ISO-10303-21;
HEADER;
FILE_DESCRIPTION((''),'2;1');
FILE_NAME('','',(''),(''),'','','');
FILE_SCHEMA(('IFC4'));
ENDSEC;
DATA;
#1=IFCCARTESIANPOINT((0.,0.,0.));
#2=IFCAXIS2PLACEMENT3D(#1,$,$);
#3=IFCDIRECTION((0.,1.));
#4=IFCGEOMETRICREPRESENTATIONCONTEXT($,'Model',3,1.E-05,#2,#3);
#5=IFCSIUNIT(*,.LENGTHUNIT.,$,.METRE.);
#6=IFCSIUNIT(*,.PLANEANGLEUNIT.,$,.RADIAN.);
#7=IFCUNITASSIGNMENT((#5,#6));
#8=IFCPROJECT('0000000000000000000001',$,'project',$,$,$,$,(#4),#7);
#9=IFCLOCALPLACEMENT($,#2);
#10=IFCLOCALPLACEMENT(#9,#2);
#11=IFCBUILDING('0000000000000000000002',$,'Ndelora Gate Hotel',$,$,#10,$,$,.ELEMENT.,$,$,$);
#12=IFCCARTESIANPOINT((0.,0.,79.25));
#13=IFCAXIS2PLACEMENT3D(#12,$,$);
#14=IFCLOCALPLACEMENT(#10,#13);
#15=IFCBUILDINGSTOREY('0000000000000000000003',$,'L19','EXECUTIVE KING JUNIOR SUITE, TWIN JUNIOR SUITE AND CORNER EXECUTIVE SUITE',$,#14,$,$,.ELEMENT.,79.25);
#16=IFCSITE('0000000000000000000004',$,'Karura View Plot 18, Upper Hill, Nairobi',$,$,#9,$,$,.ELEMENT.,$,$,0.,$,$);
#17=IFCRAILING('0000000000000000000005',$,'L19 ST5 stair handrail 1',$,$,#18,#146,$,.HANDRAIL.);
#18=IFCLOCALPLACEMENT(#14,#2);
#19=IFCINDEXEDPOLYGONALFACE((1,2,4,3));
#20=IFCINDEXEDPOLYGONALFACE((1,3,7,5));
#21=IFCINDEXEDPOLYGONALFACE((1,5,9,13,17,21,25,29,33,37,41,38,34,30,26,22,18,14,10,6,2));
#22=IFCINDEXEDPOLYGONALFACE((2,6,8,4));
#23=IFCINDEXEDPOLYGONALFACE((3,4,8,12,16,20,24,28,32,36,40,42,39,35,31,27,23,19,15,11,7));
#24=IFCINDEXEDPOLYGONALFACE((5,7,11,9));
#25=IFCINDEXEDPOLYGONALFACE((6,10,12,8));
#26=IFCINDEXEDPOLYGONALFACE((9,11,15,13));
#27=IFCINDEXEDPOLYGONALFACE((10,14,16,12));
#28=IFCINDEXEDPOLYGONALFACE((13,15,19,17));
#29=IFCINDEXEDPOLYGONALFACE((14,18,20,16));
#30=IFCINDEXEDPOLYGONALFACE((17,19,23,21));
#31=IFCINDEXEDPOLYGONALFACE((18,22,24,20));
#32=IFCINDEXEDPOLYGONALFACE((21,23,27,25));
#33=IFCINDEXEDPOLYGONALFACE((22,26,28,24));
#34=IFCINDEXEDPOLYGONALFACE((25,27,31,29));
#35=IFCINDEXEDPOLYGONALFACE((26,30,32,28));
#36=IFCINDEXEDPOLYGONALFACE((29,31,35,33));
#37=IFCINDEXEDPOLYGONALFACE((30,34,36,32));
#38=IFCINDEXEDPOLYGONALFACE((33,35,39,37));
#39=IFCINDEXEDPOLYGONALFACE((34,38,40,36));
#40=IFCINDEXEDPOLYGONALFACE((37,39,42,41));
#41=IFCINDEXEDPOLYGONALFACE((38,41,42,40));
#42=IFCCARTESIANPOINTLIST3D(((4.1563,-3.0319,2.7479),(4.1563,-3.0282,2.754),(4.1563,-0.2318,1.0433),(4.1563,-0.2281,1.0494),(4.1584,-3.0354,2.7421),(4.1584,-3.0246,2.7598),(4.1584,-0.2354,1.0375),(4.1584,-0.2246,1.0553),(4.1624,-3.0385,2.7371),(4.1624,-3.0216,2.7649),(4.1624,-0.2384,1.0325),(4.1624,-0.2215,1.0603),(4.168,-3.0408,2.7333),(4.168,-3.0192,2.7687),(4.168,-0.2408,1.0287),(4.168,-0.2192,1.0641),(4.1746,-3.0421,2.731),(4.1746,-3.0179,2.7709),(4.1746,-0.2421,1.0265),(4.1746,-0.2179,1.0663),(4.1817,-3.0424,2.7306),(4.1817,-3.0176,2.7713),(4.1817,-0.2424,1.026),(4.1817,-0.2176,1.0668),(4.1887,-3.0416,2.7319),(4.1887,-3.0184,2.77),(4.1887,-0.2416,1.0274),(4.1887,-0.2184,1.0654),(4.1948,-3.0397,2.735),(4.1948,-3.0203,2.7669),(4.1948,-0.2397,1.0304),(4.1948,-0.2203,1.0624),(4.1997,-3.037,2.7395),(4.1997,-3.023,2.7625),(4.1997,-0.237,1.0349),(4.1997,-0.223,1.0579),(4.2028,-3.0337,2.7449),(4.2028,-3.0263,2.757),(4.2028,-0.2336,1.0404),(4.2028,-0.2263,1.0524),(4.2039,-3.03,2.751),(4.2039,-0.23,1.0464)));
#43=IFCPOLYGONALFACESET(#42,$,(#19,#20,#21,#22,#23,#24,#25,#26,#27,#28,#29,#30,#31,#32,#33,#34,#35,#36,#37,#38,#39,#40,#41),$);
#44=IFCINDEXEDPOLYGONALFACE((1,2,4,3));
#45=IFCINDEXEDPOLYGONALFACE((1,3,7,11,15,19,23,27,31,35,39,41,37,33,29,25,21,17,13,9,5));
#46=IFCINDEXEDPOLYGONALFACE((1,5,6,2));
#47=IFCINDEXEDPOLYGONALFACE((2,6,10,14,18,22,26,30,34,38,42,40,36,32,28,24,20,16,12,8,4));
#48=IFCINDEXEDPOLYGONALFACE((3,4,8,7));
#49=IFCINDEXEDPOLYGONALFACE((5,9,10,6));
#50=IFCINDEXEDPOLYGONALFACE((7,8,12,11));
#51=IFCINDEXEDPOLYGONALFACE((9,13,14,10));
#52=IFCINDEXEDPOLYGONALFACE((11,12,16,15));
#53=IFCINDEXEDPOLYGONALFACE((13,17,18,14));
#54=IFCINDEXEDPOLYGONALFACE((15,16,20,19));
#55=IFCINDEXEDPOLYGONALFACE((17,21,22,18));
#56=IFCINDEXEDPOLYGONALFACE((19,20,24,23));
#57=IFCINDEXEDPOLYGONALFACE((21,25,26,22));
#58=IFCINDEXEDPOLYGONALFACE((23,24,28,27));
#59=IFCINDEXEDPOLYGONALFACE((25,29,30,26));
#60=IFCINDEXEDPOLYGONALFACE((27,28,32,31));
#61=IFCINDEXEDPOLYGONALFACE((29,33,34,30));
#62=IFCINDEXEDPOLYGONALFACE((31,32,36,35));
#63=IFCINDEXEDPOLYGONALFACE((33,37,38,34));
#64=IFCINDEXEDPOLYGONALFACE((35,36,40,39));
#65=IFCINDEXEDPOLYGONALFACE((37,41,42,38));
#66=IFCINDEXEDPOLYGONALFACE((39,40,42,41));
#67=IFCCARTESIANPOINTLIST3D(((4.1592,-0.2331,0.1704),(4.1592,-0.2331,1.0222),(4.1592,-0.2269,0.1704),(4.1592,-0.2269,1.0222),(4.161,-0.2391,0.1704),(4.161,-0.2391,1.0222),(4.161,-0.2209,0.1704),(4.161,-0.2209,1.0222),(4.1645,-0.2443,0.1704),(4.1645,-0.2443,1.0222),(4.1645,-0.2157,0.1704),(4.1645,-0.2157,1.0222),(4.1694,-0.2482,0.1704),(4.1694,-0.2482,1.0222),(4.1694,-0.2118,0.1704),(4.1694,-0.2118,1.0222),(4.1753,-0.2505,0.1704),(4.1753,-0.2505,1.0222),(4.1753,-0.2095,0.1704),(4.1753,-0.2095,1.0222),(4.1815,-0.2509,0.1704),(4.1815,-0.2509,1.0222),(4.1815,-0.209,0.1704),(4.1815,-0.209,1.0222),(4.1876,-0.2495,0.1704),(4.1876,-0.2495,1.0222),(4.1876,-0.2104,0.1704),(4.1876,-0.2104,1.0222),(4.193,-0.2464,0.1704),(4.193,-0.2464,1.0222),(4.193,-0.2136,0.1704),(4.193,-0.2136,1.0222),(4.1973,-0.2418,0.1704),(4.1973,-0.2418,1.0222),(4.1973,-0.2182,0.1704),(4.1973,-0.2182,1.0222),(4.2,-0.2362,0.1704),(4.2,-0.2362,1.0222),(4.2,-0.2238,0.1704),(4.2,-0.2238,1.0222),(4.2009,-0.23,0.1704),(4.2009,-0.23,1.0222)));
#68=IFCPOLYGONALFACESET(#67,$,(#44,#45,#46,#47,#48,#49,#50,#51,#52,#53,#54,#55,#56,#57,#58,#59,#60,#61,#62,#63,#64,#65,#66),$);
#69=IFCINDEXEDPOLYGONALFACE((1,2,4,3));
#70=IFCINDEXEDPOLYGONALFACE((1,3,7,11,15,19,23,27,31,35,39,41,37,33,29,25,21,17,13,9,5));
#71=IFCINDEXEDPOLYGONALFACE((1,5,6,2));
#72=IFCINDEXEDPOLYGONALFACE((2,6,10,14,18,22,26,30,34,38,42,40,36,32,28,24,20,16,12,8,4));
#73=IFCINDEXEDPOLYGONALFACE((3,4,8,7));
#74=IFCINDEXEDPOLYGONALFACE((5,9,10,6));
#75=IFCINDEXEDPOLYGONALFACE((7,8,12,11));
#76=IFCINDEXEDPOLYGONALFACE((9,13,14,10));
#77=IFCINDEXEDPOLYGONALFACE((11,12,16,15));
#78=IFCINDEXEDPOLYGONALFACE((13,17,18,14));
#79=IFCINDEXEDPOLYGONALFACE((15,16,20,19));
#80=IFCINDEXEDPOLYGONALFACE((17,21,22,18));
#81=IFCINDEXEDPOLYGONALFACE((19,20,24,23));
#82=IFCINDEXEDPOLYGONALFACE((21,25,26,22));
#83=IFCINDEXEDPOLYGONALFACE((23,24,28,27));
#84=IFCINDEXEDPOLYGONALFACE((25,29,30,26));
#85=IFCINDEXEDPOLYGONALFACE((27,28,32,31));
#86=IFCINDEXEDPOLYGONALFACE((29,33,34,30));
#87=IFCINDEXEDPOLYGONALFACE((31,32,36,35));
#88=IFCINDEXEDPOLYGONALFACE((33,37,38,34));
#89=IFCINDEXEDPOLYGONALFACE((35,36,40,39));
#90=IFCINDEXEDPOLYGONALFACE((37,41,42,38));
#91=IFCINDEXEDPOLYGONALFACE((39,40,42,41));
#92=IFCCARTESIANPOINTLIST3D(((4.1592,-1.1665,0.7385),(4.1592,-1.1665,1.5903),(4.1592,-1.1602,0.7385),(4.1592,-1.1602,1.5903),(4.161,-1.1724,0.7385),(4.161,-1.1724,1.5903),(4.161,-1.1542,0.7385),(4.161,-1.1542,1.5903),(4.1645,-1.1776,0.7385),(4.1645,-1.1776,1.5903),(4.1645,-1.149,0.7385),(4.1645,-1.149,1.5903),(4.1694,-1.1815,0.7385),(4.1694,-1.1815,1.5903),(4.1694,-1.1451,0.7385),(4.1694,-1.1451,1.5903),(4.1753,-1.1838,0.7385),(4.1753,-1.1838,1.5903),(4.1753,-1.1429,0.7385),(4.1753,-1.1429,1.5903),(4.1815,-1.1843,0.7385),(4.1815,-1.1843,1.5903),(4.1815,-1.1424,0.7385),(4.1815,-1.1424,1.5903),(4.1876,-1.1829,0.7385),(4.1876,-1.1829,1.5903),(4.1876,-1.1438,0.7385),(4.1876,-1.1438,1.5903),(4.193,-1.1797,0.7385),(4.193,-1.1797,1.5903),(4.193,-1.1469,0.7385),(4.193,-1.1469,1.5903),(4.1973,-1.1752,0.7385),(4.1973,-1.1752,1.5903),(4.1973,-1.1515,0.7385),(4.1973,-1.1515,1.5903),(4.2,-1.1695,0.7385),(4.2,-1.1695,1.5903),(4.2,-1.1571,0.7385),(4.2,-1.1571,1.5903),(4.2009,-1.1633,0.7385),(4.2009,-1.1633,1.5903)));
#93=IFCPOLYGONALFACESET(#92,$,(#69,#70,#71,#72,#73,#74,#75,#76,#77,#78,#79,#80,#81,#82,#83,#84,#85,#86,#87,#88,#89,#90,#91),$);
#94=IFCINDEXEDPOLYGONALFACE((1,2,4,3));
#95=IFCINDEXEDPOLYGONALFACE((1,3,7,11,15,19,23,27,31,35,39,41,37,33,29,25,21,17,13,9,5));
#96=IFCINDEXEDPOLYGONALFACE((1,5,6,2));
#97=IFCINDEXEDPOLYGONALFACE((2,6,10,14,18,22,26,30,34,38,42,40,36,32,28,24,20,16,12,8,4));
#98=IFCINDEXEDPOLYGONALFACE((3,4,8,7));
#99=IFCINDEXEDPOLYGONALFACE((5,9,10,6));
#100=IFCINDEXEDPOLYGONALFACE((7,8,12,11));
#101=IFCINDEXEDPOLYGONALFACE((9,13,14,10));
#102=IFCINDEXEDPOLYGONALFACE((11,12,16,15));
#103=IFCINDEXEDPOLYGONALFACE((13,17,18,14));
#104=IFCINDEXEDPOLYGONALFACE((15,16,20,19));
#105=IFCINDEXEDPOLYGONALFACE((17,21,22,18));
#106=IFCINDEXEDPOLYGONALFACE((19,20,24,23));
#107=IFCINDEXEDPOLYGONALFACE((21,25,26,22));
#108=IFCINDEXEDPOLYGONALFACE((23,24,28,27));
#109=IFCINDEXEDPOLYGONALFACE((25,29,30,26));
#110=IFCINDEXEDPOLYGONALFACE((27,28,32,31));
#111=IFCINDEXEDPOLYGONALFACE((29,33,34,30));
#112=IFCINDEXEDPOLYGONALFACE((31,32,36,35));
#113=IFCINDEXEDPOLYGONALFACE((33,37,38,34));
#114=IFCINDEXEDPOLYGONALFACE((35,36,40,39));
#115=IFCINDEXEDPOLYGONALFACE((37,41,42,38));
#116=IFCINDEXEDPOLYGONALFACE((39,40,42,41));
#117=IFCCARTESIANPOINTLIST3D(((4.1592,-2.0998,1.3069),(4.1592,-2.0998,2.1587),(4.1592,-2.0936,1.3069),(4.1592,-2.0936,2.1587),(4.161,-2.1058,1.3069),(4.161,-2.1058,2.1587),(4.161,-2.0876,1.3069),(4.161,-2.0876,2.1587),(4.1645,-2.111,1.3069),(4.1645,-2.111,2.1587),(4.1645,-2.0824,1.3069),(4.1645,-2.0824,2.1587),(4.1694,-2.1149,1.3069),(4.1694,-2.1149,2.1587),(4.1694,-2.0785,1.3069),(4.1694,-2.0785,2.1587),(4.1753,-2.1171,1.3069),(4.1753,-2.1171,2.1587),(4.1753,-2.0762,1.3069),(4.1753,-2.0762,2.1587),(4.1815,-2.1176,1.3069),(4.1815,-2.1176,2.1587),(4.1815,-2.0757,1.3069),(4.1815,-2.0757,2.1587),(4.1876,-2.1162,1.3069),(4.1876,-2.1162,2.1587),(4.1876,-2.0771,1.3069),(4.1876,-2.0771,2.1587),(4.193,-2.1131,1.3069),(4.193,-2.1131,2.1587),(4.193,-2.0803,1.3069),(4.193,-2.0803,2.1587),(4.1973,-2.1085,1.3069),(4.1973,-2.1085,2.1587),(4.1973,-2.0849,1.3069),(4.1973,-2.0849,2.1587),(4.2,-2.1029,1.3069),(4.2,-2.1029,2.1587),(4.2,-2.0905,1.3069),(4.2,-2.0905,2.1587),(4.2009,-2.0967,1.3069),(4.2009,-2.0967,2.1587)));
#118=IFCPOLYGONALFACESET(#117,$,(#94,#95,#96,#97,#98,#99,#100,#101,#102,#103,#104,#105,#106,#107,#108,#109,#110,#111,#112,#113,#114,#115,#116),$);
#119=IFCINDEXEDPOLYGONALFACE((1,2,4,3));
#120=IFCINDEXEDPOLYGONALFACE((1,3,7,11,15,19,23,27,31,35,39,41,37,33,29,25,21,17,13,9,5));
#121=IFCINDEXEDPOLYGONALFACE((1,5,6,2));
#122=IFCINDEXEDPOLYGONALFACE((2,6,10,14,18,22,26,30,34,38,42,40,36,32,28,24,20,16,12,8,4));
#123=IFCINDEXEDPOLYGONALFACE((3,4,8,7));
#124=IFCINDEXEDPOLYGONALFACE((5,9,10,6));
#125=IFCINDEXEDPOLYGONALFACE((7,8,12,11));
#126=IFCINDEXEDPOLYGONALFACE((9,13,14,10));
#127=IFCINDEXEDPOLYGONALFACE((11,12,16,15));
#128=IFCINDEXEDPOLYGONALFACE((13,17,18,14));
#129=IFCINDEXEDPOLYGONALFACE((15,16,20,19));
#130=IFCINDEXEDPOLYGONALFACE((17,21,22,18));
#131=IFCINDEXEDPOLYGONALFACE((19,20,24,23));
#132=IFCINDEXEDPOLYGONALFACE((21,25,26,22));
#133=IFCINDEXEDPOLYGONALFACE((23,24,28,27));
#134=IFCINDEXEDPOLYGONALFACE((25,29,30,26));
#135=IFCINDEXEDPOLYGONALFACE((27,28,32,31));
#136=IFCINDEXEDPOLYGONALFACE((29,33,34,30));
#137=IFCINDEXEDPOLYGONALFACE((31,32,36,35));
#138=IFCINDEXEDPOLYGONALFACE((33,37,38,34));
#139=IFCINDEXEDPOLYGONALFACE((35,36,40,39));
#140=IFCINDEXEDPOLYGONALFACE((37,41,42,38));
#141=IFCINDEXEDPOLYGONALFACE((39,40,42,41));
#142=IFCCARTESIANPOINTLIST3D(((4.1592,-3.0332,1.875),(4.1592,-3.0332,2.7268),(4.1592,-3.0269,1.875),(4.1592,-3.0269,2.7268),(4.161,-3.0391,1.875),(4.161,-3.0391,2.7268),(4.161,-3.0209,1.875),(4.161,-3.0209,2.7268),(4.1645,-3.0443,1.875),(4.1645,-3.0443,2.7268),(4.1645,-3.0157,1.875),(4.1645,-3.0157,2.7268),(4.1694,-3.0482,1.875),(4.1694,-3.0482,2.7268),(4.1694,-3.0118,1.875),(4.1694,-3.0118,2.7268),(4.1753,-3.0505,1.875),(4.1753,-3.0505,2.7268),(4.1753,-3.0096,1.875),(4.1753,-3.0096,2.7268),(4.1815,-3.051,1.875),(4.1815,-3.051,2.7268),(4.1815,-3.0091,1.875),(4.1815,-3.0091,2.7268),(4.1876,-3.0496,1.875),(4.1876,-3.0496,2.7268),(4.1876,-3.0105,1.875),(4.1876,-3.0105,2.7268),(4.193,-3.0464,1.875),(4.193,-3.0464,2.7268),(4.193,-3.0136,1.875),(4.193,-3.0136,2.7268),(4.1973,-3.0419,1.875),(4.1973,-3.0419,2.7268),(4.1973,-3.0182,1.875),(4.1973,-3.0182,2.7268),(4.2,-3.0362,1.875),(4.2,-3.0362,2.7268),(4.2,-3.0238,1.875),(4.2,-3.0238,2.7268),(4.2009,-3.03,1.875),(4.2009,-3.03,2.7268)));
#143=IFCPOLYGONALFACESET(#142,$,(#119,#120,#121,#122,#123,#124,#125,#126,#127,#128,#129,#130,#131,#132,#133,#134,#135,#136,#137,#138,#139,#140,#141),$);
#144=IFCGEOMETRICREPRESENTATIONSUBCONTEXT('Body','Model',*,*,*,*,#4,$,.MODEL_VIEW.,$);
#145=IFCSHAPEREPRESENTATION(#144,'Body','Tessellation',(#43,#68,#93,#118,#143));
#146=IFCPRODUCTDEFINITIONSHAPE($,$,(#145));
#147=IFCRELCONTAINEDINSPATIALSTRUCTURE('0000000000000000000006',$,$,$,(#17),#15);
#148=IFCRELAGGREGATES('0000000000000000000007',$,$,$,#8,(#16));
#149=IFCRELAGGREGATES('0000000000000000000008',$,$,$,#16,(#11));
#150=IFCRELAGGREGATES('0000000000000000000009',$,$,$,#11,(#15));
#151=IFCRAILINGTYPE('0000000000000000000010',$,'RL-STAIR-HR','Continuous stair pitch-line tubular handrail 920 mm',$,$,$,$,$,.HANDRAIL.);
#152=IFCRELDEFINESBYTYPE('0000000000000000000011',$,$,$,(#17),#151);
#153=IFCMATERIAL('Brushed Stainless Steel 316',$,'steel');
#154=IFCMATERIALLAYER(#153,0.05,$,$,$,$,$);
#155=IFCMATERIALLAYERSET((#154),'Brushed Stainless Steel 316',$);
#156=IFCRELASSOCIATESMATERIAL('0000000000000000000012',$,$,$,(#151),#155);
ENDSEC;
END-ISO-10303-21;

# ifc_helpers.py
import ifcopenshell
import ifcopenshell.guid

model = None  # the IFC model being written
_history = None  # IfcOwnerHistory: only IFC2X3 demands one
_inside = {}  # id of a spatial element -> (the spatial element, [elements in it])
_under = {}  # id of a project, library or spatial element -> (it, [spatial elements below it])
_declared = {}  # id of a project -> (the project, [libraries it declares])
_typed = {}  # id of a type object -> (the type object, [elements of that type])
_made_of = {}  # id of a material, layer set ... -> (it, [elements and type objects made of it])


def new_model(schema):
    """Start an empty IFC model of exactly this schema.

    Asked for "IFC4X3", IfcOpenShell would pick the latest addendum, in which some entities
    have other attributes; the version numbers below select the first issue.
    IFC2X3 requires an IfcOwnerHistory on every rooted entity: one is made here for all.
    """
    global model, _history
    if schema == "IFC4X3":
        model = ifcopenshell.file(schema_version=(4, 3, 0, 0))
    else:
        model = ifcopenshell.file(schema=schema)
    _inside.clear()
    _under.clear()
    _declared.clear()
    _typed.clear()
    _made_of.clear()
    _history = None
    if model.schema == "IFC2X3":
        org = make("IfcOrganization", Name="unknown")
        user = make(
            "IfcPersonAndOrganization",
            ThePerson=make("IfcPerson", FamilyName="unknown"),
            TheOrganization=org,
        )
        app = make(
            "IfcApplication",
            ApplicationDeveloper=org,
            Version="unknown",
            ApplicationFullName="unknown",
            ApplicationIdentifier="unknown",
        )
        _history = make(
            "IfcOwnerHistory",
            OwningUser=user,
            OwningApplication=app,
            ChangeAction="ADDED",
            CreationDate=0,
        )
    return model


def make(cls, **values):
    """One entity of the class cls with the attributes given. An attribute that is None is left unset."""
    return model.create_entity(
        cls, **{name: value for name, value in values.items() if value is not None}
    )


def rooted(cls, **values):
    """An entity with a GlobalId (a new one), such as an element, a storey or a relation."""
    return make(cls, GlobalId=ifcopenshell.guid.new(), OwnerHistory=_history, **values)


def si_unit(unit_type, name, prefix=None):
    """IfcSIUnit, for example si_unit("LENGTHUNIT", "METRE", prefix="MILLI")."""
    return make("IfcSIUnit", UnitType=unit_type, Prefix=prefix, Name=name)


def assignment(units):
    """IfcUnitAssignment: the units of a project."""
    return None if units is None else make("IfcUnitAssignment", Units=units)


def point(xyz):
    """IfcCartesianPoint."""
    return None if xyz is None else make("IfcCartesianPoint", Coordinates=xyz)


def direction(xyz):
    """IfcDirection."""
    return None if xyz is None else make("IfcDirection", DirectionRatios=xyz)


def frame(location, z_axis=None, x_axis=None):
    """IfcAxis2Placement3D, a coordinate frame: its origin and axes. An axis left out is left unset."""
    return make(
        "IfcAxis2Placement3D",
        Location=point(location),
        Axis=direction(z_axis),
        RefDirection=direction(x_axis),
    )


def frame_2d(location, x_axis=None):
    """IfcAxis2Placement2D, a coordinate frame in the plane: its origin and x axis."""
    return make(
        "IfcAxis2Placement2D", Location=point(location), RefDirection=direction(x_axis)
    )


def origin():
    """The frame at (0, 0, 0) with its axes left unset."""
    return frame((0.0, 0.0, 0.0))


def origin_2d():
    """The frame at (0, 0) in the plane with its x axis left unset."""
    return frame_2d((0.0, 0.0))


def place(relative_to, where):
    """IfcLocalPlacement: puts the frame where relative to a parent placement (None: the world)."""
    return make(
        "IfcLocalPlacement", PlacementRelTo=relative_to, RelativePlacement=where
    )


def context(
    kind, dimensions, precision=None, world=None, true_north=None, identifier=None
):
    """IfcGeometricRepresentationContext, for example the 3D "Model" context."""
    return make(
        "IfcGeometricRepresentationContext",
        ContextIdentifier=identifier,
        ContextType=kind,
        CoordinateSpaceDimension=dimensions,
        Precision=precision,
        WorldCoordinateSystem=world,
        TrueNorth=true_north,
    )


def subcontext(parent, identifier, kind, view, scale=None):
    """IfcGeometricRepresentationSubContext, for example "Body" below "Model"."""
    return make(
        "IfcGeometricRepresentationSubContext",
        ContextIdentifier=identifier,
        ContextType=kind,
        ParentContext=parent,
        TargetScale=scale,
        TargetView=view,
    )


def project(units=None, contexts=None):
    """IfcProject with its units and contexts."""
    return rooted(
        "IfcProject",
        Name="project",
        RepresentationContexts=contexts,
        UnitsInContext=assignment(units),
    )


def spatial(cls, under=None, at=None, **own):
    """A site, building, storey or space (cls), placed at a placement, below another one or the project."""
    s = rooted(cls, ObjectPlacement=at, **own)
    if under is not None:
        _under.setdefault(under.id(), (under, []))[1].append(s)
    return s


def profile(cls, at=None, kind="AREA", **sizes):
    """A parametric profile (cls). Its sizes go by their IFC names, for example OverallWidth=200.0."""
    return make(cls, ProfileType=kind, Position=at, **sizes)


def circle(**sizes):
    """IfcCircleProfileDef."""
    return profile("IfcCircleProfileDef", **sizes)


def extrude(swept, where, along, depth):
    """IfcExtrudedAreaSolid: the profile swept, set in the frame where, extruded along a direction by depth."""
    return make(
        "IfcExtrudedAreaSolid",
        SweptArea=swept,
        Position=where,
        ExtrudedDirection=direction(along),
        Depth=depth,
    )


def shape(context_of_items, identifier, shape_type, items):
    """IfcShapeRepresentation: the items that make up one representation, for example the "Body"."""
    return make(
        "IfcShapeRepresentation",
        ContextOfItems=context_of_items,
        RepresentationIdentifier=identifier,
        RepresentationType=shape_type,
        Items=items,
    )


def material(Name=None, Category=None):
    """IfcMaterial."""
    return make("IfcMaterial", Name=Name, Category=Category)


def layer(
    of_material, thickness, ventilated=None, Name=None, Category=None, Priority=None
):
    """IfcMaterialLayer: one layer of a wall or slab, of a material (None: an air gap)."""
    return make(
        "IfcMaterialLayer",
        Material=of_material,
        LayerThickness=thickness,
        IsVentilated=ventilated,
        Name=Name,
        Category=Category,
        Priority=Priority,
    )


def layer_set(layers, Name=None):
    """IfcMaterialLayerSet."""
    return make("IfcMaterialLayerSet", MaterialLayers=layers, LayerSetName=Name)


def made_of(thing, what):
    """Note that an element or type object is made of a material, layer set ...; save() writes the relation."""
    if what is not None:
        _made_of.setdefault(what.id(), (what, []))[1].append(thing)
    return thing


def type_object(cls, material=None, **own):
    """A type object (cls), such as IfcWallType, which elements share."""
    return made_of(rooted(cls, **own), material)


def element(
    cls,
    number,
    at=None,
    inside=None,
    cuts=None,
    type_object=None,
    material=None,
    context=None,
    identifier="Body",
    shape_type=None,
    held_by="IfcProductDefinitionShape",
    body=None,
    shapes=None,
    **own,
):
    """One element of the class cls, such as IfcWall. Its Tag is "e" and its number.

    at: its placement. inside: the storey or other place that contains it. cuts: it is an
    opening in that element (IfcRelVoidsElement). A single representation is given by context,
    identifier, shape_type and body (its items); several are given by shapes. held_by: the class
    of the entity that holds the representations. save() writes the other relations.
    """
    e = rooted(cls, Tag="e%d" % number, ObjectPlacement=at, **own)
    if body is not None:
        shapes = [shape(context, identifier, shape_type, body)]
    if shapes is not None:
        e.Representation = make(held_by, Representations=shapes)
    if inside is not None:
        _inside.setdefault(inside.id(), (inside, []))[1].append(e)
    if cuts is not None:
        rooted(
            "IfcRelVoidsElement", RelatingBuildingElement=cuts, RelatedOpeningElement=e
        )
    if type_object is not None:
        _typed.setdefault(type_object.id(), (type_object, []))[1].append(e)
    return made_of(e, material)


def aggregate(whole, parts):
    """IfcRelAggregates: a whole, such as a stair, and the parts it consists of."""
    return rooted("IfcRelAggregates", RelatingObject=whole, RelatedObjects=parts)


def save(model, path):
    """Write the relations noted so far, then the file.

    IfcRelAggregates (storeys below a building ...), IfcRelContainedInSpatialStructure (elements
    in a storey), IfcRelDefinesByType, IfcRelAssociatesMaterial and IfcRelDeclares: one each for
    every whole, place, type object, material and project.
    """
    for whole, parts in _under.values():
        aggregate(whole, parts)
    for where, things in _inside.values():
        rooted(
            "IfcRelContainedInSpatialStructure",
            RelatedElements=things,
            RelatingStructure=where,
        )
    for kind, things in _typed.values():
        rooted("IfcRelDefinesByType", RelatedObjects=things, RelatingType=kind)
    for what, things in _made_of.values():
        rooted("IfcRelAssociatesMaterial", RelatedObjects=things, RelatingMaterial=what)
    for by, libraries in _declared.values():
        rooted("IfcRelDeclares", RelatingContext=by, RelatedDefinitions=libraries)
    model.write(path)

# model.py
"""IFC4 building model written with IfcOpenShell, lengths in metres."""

from ifc_helpers import new_model, si_unit, direction, frame, origin, origin_2d, place, context, subcontext, project, spatial, circle, extrude, material, layer, layer_set, type_object, element, save


model = new_model("IFC4")

# Units and contexts
model_context = context("Model", 3, precision=1e-05, world=origin(), true_north=direction((0.0, 1.0)))
body_context = subcontext(model_context, "Body", "Model", "MODEL_VIEW")
ifc_project = project(units=[si_unit("LENGTHUNIT", "METRE"), si_unit("PLANEANGLEUNIT", "RADIAN")], contexts=[model_context])

# Site, building, storey
site_placement = place(None, origin())
site = spatial("IfcSite", under=ifc_project, at=site_placement, Name="Karura View Plot 18, Upper Hill, Nairobi", CompositionType="ELEMENT", RefElevation=0.0)
building_placement = place(site_placement, origin())
building = spatial("IfcBuilding", under=site, at=building_placement, Name="Ndelora Gate Hotel", CompositionType="ELEMENT")
storey_placement = place(building_placement, frame((0.0, 0.0, 79.25)))
storey = spatial("IfcBuildingStorey", under=building, at=storey_placement, Name="L19", Description="EXECUTIVE KING JUNIOR SUITE, TWIN JUNIOR SUITE AND CORNER EXECUTIVE SUITE", CompositionType="ELEMENT", Elevation=79.25)

# Railing
ifc_material_1 = material(Name="Brushed Stainless Steel 316", Category="steel")
ifc_layer_1 = layer(ifc_material_1, 0.05)
ifc_layer_set_1 = layer_set([ifc_layer_1], Name="Brushed Stainless Steel 316")
railing_type_1 = type_object("IfcRailingType", Name="RL-STAIR-HR", Description="Continuous stair pitch-line tubular handrail 920 mm", PredefinedType="HANDRAIL", material=ifc_layer_set_1)
railing_1_placement = place(storey_placement, frame((4.1799, -0.23, 0.1704)))
element("IfcRailing", 1, at=railing_1_placement, inside=storey, type_object=railing_type_1, Name="L19 ST5 stair handrail 1", PredefinedType="HANDRAIL", context=body_context, shape_type="SweptSolid", body=[
    extrude(circle(Radius=0.0239, at=origin_2d()), frame((0.0, 0.0, 0.876), z_axis=(0.0, -0.85417, 0.519994), x_axis=(1.0, 0.0, 0.0)), (0.0, 0.0, 1.0), 3.2781),
    extrude(circle(Radius=0.021, at=origin_2d()), origin(), (0.0, 0.0, 1.0), 0.8518),
    extrude(circle(Radius=0.021, at=origin_2d()), frame((0.0, -0.9333, 0.5681)), (0.0, 0.0, 1.0), 0.8518),
    extrude(circle(Radius=0.021, at=origin_2d()), frame((0.0, -1.8667, 1.1365)), (0.0, 0.0, 1.0), 0.8518),
    extrude(circle(Radius=0.021, at=origin_2d()), frame((0.0, -2.8, 1.7046)), (0.0, 0.0, 1.0), 0.8518),
])

save(model, "model.ifc")
